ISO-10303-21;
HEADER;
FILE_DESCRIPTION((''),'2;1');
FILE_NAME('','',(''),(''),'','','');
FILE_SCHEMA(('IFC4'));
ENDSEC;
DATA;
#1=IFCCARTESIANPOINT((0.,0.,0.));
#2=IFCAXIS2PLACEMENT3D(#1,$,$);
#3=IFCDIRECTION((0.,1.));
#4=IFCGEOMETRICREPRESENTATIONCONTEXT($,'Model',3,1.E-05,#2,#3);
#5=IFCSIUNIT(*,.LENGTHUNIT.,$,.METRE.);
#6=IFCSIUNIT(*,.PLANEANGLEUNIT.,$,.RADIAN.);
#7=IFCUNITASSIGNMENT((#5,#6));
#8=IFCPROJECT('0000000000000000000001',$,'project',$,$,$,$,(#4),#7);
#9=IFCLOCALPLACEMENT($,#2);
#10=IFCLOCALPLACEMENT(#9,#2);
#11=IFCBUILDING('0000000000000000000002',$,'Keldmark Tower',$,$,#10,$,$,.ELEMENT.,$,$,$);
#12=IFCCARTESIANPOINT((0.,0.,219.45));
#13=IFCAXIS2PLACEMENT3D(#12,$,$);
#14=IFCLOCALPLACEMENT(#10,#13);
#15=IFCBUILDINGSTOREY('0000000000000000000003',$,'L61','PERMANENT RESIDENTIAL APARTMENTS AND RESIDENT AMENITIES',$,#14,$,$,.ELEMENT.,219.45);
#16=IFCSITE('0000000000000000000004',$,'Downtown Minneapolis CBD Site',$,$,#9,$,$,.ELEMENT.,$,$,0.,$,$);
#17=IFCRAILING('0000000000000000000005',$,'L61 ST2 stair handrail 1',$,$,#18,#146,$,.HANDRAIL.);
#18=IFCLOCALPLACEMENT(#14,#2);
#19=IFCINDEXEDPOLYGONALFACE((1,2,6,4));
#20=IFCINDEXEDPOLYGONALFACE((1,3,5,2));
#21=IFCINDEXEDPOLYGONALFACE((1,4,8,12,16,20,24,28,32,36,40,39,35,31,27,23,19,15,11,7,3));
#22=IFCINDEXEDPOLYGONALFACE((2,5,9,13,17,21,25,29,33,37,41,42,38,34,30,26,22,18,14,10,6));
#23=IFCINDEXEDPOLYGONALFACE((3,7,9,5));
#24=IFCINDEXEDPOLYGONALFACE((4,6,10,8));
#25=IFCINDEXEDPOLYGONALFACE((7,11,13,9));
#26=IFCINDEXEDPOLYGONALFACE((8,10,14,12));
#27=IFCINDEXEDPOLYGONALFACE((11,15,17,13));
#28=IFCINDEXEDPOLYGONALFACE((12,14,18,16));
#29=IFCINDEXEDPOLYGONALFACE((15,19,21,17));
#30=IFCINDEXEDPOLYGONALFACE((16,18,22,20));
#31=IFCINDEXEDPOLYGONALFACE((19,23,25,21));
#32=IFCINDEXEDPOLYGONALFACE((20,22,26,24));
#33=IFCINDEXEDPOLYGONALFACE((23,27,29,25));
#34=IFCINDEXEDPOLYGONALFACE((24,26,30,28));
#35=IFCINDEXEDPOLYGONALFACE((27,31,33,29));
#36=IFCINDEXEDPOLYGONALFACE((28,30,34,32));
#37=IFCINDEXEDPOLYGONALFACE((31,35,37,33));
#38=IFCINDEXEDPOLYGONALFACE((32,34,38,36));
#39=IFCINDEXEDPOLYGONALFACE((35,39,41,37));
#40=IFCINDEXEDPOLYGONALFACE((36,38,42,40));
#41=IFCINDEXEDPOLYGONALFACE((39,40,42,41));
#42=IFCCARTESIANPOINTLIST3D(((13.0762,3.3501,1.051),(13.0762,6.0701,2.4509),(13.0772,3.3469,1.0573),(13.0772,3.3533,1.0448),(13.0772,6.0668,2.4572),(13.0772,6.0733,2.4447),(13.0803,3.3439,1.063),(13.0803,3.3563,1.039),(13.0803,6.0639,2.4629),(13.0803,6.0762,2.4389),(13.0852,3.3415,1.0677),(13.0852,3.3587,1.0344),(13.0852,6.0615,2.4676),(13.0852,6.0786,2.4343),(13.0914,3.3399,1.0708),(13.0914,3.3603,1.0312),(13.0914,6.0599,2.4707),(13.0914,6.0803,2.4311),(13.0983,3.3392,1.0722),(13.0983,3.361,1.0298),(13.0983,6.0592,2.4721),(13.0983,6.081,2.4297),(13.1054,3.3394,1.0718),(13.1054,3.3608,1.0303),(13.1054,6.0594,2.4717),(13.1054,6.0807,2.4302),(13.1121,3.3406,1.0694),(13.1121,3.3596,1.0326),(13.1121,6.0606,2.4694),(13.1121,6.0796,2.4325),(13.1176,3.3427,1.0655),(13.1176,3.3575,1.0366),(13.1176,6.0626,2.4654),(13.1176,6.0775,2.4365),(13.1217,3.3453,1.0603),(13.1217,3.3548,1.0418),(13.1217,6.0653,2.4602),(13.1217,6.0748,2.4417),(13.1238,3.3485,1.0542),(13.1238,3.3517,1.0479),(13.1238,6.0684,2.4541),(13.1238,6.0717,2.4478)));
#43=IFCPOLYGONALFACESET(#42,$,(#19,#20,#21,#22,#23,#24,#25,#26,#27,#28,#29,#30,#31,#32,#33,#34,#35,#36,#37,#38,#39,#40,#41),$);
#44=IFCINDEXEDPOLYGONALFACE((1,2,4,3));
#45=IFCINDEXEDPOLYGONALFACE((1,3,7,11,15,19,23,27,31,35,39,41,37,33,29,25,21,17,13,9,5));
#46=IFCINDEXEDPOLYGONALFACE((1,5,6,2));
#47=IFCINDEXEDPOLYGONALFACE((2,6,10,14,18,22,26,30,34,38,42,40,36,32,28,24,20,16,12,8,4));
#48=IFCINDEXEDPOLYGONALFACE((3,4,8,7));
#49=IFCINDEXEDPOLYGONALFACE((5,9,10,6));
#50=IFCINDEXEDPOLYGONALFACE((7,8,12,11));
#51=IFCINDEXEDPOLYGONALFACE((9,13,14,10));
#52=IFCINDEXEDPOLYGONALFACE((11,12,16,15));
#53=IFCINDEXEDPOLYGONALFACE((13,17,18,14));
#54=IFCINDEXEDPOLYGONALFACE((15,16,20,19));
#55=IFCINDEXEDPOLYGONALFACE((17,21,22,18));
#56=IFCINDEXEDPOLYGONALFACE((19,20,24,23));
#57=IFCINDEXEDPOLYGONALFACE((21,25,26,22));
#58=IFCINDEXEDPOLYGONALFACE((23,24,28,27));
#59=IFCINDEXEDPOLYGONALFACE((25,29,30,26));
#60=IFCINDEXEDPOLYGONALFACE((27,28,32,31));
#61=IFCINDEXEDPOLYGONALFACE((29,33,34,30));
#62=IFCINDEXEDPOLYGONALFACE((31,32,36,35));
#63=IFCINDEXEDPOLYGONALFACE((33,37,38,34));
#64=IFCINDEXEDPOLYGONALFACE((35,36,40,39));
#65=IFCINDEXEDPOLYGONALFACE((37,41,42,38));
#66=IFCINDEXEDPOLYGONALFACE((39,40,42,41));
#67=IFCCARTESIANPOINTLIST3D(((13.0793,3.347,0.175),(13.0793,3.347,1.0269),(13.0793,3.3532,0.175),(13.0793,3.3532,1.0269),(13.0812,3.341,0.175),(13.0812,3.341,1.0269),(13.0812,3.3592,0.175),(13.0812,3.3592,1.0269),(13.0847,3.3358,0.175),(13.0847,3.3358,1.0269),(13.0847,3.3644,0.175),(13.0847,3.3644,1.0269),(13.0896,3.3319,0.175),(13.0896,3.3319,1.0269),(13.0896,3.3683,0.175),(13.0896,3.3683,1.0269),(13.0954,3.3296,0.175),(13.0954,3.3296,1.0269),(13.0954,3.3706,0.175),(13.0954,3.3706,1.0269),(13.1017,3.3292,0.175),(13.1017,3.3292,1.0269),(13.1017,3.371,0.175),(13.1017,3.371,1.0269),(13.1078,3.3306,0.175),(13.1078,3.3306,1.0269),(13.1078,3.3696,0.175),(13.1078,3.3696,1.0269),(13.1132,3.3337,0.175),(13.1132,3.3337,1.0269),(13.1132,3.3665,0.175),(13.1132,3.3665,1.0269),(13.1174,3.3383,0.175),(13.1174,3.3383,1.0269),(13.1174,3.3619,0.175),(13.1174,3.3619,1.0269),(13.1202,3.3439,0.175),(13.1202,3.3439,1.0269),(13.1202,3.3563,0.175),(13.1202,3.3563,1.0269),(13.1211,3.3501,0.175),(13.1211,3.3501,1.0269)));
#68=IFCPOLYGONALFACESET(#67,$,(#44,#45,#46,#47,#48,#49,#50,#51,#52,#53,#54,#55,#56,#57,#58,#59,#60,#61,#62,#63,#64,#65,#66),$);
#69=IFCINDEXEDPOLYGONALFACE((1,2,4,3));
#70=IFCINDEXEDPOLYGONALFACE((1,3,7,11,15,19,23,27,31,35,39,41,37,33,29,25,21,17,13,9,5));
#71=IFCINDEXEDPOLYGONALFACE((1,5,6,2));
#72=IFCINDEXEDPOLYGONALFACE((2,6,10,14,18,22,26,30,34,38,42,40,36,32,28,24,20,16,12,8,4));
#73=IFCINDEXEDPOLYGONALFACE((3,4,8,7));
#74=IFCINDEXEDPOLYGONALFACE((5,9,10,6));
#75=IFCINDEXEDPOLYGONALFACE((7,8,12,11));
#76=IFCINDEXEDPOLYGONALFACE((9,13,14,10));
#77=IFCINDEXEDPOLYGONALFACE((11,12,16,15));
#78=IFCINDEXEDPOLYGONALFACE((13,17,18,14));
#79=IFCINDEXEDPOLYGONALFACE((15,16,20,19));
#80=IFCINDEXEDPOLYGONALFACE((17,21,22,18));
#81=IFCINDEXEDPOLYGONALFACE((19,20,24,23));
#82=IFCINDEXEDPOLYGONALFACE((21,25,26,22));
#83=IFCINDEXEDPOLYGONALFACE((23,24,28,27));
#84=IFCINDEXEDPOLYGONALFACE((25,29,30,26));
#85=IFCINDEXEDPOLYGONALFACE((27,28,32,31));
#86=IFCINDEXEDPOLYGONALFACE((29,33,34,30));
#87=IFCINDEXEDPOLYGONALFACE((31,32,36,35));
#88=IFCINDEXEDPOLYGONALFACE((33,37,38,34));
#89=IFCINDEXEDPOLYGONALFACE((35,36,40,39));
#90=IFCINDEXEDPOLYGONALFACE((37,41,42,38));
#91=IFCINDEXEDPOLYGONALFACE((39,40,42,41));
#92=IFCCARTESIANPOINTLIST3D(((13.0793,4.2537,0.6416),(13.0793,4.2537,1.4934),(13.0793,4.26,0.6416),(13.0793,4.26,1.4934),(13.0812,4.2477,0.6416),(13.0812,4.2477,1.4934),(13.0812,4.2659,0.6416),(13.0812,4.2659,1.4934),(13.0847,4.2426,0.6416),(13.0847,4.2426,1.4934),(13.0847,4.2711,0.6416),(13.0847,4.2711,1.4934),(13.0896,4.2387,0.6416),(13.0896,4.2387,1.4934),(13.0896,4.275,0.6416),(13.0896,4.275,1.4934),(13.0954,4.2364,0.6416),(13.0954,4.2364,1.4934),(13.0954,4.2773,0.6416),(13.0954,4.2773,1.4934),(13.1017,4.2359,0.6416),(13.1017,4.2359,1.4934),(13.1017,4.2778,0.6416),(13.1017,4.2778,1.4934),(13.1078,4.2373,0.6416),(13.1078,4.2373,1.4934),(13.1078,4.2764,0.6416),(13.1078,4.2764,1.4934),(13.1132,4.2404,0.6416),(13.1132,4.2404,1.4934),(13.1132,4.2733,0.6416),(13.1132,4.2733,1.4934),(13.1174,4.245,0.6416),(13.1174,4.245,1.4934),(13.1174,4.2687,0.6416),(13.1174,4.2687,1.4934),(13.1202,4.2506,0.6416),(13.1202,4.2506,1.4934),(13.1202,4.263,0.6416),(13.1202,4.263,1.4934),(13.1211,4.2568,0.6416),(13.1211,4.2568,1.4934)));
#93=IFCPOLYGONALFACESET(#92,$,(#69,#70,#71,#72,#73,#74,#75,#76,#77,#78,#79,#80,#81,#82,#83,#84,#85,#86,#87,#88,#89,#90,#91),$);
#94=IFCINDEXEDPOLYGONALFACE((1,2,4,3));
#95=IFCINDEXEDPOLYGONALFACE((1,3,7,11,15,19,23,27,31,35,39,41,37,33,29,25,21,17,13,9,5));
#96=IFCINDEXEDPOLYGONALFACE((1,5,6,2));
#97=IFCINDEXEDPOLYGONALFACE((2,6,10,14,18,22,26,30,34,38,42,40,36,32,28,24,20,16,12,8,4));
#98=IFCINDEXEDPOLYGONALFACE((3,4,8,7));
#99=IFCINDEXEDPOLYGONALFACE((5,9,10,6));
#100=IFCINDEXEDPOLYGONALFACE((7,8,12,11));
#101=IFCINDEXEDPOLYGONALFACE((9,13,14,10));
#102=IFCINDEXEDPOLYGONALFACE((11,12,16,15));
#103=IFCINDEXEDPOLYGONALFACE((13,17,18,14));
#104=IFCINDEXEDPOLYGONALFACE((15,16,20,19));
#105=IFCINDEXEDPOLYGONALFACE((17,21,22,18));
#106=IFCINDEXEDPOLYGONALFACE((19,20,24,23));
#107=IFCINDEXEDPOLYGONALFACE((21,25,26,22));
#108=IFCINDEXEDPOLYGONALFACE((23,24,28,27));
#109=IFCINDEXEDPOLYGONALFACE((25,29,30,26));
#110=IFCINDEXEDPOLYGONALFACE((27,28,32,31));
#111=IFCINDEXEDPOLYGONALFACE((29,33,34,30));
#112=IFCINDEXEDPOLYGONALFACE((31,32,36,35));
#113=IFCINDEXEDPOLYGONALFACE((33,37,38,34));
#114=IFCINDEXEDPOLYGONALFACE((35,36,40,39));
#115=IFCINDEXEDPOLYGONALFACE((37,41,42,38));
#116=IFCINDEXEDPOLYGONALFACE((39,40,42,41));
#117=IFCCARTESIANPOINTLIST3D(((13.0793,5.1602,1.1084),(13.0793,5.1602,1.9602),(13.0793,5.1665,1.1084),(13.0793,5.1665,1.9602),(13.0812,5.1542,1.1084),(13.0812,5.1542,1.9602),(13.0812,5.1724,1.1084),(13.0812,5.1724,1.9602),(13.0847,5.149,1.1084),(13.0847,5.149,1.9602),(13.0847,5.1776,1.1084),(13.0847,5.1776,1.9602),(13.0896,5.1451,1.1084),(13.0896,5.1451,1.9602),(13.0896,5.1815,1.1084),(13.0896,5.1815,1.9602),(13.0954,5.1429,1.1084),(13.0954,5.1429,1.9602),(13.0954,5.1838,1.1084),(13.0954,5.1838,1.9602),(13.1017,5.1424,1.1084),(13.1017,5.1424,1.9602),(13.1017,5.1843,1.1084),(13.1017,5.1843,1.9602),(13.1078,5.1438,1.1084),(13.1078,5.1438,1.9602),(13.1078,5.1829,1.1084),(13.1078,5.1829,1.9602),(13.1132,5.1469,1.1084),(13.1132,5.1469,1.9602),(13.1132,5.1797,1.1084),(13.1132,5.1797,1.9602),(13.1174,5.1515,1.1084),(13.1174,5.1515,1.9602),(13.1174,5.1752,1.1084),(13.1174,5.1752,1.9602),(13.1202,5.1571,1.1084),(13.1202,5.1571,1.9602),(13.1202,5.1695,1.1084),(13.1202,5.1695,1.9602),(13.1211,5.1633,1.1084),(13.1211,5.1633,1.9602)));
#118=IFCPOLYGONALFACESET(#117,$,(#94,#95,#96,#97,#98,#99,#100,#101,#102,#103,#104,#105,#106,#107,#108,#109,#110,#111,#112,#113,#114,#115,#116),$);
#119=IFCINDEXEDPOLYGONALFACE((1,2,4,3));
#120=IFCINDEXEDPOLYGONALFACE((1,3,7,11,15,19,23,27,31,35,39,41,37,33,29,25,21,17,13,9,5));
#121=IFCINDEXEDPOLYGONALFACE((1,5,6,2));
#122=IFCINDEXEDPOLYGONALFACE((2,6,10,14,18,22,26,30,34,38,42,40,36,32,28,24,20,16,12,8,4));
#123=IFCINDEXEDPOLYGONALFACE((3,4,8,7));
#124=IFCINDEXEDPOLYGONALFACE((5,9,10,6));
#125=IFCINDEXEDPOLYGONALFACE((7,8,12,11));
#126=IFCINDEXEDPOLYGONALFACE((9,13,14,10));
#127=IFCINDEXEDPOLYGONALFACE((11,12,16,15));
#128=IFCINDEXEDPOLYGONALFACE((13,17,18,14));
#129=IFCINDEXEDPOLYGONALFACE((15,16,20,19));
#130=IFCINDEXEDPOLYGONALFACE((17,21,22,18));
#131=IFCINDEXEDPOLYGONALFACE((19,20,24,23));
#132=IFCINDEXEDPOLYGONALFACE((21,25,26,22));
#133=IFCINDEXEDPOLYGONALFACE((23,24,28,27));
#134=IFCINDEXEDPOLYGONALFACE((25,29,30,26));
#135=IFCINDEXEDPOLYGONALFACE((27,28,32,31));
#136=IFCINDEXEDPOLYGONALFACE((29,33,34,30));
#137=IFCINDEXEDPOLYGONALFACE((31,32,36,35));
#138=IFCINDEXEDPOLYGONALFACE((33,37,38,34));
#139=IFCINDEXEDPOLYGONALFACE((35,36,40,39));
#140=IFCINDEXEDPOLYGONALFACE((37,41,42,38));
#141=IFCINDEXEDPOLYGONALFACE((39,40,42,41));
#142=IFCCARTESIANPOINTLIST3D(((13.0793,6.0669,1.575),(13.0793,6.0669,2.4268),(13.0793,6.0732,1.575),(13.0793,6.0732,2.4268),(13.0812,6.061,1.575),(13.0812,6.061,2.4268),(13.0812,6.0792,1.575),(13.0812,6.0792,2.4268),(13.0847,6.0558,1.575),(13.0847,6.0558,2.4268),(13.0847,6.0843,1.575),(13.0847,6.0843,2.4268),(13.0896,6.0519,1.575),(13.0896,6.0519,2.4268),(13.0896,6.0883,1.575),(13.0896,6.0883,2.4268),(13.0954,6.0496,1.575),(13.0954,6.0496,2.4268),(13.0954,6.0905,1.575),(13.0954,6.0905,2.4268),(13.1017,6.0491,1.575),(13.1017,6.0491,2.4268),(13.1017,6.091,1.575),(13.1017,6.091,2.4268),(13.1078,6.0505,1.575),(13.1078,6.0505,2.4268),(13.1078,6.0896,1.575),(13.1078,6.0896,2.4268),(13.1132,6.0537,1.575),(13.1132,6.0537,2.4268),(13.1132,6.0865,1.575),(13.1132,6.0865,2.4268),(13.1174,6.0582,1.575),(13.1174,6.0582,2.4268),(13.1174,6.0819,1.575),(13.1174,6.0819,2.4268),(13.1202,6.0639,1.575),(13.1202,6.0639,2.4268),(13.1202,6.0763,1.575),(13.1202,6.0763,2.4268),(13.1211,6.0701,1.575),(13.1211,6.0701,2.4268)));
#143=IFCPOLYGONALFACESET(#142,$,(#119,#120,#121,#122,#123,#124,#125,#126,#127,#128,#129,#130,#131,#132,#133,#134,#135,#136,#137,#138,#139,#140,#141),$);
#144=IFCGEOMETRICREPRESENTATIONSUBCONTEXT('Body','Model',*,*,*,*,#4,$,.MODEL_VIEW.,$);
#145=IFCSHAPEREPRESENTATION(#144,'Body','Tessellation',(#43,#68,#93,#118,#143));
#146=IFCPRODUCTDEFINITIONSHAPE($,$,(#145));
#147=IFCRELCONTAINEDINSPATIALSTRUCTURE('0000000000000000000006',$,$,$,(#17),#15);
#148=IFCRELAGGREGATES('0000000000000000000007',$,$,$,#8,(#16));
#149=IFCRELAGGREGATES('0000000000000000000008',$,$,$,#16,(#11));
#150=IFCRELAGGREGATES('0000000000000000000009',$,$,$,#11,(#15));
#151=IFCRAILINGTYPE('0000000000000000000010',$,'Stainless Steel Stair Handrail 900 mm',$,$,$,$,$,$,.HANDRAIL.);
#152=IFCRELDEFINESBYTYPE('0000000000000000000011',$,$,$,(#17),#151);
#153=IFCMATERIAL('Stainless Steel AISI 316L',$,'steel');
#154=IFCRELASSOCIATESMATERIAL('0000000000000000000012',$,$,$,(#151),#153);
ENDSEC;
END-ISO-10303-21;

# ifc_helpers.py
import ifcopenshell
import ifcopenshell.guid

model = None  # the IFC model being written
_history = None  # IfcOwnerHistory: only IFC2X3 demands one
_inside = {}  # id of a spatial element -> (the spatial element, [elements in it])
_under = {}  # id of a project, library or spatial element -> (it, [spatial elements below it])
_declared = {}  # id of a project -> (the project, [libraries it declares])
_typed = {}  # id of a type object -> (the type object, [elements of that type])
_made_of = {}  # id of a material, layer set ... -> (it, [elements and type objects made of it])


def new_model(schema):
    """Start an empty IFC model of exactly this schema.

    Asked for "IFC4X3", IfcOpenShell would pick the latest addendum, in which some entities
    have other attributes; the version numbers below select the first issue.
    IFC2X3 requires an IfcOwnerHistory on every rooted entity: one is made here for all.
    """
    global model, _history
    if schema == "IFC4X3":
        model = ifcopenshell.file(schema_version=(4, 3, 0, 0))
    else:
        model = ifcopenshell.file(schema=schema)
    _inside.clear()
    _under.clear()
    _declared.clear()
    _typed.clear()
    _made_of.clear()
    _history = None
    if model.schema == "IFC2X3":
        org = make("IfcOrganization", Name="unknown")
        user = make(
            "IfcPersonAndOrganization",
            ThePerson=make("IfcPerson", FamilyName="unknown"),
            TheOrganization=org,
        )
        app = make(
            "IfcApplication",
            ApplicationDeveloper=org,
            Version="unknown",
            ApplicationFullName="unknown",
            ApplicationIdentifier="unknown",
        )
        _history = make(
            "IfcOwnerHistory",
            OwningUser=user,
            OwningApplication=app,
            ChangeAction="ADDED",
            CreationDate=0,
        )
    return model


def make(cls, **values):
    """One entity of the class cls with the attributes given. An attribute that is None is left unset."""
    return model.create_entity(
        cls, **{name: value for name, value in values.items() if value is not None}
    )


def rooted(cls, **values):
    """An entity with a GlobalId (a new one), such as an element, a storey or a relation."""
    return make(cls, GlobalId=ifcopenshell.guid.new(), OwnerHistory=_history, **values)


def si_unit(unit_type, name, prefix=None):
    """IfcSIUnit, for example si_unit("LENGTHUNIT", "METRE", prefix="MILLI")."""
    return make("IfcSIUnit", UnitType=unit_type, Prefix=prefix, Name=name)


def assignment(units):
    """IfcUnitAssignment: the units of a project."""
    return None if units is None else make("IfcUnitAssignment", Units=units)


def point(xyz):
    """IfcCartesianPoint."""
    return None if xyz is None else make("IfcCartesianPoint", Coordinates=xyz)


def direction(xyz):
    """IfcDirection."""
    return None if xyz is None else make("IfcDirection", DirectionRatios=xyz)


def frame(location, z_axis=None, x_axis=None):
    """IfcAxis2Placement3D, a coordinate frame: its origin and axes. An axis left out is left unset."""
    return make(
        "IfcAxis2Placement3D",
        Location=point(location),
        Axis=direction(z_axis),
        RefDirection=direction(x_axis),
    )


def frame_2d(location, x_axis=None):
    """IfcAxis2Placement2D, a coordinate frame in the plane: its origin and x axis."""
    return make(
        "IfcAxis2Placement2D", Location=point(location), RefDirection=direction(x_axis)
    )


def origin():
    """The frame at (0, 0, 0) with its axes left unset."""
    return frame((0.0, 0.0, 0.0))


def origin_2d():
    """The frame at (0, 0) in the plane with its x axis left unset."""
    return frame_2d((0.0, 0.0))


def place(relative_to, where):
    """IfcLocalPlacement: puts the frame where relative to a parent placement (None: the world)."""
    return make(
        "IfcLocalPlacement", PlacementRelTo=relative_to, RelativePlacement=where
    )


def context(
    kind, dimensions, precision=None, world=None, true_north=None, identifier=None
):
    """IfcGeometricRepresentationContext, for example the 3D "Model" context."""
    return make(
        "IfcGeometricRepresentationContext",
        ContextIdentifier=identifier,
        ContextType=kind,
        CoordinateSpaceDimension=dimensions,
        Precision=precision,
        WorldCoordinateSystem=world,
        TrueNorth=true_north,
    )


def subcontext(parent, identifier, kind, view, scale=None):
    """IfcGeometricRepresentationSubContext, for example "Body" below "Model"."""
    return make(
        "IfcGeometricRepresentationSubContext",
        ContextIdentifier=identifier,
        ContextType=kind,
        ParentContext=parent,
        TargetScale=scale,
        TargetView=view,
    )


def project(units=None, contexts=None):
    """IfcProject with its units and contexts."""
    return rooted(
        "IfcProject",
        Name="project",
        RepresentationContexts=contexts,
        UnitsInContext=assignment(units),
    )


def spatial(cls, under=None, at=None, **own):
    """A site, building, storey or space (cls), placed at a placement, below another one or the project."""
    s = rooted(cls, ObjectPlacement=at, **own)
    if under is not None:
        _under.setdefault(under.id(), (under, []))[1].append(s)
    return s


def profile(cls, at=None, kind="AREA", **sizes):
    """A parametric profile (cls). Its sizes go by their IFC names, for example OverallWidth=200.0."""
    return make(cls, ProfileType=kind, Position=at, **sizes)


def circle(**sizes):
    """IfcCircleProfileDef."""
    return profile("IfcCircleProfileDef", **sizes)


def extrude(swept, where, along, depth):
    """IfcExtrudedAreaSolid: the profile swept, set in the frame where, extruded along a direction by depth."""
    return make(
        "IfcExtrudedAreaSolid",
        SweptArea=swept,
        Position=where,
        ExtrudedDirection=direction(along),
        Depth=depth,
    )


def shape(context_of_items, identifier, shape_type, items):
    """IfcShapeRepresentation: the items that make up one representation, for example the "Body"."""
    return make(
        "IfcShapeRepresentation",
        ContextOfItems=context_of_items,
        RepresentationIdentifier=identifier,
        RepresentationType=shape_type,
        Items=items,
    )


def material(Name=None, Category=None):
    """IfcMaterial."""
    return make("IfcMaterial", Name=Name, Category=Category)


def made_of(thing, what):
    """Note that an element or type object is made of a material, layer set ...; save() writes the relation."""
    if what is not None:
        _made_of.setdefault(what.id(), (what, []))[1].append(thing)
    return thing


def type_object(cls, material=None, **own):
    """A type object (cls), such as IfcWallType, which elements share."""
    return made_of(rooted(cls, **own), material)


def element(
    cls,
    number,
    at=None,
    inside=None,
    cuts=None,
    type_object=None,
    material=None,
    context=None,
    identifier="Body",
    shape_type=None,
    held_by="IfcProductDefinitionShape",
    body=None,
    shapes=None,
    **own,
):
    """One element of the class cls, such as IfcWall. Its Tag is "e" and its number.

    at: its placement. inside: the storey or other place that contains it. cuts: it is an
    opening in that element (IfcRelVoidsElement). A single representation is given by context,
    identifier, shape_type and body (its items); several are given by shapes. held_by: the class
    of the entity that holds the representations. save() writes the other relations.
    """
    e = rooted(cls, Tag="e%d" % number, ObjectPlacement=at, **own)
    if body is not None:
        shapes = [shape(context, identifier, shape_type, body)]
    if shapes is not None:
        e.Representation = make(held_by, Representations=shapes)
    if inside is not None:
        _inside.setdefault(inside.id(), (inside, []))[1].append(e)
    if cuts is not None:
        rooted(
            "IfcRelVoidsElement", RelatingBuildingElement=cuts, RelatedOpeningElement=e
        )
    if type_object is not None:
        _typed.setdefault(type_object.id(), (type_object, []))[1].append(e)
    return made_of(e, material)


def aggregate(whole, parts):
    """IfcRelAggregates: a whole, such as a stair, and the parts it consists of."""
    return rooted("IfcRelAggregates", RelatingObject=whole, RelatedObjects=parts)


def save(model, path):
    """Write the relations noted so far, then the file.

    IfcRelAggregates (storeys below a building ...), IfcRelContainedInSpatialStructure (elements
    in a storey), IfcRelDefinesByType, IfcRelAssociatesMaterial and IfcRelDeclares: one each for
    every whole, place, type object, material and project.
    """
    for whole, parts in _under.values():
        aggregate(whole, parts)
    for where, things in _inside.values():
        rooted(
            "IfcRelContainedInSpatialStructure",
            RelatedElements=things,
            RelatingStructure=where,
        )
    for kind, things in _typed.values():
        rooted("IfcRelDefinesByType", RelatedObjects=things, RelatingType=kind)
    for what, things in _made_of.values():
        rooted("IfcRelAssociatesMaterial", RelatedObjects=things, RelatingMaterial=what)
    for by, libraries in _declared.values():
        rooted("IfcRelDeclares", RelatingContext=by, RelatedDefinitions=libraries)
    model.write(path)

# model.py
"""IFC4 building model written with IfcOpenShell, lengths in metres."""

from ifc_helpers import new_model, si_unit, direction, frame, origin, origin_2d, place, context, subcontext, project, spatial, circle, extrude, material, type_object, element, save


model = new_model("IFC4")

# Units and contexts
model_context = context("Model", 3, precision=1e-05, world=origin(), true_north=direction((0.0, 1.0)))
body_context = subcontext(model_context, "Body", "Model", "MODEL_VIEW")
ifc_project = project(units=[si_unit("LENGTHUNIT", "METRE"), si_unit("PLANEANGLEUNIT", "RADIAN")], contexts=[model_context])

# Site, building, storey
site_placement = place(None, origin())
site = spatial("IfcSite", under=ifc_project, at=site_placement, Name="Downtown Minneapolis CBD Site", CompositionType="ELEMENT", RefElevation=0.0)
building_placement = place(site_placement, origin())
building = spatial("IfcBuilding", under=site, at=building_placement, Name="Keldmark Tower", CompositionType="ELEMENT")
storey_placement = place(building_placement, frame((0.0, 0.0, 219.45)))
storey = spatial("IfcBuildingStorey", under=building, at=storey_placement, Name="L61", Description="PERMANENT RESIDENTIAL APARTMENTS AND RESIDENT AMENITIES", CompositionType="ELEMENT", Elevation=219.45)

# Railing
ifc_material_1 = material(Name="Stainless Steel AISI 316L", Category="steel")
railing_type_1 = type_object("IfcRailingType", Name="Stainless Steel Stair Handrail 900 mm", PredefinedType="HANDRAIL", material=ifc_material_1)
railing_1_placement = place(storey_placement, frame((13.1001, 3.3501, 0.175)))
element("IfcRailing", 1, at=railing_1_placement, inside=storey, type_object=railing_type_1, Name="L61 ST2 stair handrail 1", PredefinedType="HANDRAIL", context=body_context, shape_type="SweptSolid", body=[
    extrude(circle(Radius=0.0239, at=origin_2d()), frame((0.0, 0.0, 0.876), z_axis=(0.0, 0.889147, 0.457622), x_axis=(-1.0, 0.0, 0.0)), (0.0, 0.0, 1.0), 3.0591),
    extrude(circle(Radius=0.021, at=origin_2d()), origin(), (0.0, 0.0, 1.0), 0.8518),
    extrude(circle(Radius=0.021, at=origin_2d()), frame((0.0, 0.9067, 0.4666)), (0.0, 0.0, 1.0), 0.8518),
    extrude(circle(Radius=0.021, at=origin_2d()), frame((0.0, 1.8132, 0.9333)), (0.0, 0.0, 1.0), 0.8518),
    extrude(circle(Radius=0.021, at=origin_2d()), frame((0.0, 2.72, 1.3999)), (0.0, 0.0, 1.0), 0.8518),
])

save(model, "model.ifc")
